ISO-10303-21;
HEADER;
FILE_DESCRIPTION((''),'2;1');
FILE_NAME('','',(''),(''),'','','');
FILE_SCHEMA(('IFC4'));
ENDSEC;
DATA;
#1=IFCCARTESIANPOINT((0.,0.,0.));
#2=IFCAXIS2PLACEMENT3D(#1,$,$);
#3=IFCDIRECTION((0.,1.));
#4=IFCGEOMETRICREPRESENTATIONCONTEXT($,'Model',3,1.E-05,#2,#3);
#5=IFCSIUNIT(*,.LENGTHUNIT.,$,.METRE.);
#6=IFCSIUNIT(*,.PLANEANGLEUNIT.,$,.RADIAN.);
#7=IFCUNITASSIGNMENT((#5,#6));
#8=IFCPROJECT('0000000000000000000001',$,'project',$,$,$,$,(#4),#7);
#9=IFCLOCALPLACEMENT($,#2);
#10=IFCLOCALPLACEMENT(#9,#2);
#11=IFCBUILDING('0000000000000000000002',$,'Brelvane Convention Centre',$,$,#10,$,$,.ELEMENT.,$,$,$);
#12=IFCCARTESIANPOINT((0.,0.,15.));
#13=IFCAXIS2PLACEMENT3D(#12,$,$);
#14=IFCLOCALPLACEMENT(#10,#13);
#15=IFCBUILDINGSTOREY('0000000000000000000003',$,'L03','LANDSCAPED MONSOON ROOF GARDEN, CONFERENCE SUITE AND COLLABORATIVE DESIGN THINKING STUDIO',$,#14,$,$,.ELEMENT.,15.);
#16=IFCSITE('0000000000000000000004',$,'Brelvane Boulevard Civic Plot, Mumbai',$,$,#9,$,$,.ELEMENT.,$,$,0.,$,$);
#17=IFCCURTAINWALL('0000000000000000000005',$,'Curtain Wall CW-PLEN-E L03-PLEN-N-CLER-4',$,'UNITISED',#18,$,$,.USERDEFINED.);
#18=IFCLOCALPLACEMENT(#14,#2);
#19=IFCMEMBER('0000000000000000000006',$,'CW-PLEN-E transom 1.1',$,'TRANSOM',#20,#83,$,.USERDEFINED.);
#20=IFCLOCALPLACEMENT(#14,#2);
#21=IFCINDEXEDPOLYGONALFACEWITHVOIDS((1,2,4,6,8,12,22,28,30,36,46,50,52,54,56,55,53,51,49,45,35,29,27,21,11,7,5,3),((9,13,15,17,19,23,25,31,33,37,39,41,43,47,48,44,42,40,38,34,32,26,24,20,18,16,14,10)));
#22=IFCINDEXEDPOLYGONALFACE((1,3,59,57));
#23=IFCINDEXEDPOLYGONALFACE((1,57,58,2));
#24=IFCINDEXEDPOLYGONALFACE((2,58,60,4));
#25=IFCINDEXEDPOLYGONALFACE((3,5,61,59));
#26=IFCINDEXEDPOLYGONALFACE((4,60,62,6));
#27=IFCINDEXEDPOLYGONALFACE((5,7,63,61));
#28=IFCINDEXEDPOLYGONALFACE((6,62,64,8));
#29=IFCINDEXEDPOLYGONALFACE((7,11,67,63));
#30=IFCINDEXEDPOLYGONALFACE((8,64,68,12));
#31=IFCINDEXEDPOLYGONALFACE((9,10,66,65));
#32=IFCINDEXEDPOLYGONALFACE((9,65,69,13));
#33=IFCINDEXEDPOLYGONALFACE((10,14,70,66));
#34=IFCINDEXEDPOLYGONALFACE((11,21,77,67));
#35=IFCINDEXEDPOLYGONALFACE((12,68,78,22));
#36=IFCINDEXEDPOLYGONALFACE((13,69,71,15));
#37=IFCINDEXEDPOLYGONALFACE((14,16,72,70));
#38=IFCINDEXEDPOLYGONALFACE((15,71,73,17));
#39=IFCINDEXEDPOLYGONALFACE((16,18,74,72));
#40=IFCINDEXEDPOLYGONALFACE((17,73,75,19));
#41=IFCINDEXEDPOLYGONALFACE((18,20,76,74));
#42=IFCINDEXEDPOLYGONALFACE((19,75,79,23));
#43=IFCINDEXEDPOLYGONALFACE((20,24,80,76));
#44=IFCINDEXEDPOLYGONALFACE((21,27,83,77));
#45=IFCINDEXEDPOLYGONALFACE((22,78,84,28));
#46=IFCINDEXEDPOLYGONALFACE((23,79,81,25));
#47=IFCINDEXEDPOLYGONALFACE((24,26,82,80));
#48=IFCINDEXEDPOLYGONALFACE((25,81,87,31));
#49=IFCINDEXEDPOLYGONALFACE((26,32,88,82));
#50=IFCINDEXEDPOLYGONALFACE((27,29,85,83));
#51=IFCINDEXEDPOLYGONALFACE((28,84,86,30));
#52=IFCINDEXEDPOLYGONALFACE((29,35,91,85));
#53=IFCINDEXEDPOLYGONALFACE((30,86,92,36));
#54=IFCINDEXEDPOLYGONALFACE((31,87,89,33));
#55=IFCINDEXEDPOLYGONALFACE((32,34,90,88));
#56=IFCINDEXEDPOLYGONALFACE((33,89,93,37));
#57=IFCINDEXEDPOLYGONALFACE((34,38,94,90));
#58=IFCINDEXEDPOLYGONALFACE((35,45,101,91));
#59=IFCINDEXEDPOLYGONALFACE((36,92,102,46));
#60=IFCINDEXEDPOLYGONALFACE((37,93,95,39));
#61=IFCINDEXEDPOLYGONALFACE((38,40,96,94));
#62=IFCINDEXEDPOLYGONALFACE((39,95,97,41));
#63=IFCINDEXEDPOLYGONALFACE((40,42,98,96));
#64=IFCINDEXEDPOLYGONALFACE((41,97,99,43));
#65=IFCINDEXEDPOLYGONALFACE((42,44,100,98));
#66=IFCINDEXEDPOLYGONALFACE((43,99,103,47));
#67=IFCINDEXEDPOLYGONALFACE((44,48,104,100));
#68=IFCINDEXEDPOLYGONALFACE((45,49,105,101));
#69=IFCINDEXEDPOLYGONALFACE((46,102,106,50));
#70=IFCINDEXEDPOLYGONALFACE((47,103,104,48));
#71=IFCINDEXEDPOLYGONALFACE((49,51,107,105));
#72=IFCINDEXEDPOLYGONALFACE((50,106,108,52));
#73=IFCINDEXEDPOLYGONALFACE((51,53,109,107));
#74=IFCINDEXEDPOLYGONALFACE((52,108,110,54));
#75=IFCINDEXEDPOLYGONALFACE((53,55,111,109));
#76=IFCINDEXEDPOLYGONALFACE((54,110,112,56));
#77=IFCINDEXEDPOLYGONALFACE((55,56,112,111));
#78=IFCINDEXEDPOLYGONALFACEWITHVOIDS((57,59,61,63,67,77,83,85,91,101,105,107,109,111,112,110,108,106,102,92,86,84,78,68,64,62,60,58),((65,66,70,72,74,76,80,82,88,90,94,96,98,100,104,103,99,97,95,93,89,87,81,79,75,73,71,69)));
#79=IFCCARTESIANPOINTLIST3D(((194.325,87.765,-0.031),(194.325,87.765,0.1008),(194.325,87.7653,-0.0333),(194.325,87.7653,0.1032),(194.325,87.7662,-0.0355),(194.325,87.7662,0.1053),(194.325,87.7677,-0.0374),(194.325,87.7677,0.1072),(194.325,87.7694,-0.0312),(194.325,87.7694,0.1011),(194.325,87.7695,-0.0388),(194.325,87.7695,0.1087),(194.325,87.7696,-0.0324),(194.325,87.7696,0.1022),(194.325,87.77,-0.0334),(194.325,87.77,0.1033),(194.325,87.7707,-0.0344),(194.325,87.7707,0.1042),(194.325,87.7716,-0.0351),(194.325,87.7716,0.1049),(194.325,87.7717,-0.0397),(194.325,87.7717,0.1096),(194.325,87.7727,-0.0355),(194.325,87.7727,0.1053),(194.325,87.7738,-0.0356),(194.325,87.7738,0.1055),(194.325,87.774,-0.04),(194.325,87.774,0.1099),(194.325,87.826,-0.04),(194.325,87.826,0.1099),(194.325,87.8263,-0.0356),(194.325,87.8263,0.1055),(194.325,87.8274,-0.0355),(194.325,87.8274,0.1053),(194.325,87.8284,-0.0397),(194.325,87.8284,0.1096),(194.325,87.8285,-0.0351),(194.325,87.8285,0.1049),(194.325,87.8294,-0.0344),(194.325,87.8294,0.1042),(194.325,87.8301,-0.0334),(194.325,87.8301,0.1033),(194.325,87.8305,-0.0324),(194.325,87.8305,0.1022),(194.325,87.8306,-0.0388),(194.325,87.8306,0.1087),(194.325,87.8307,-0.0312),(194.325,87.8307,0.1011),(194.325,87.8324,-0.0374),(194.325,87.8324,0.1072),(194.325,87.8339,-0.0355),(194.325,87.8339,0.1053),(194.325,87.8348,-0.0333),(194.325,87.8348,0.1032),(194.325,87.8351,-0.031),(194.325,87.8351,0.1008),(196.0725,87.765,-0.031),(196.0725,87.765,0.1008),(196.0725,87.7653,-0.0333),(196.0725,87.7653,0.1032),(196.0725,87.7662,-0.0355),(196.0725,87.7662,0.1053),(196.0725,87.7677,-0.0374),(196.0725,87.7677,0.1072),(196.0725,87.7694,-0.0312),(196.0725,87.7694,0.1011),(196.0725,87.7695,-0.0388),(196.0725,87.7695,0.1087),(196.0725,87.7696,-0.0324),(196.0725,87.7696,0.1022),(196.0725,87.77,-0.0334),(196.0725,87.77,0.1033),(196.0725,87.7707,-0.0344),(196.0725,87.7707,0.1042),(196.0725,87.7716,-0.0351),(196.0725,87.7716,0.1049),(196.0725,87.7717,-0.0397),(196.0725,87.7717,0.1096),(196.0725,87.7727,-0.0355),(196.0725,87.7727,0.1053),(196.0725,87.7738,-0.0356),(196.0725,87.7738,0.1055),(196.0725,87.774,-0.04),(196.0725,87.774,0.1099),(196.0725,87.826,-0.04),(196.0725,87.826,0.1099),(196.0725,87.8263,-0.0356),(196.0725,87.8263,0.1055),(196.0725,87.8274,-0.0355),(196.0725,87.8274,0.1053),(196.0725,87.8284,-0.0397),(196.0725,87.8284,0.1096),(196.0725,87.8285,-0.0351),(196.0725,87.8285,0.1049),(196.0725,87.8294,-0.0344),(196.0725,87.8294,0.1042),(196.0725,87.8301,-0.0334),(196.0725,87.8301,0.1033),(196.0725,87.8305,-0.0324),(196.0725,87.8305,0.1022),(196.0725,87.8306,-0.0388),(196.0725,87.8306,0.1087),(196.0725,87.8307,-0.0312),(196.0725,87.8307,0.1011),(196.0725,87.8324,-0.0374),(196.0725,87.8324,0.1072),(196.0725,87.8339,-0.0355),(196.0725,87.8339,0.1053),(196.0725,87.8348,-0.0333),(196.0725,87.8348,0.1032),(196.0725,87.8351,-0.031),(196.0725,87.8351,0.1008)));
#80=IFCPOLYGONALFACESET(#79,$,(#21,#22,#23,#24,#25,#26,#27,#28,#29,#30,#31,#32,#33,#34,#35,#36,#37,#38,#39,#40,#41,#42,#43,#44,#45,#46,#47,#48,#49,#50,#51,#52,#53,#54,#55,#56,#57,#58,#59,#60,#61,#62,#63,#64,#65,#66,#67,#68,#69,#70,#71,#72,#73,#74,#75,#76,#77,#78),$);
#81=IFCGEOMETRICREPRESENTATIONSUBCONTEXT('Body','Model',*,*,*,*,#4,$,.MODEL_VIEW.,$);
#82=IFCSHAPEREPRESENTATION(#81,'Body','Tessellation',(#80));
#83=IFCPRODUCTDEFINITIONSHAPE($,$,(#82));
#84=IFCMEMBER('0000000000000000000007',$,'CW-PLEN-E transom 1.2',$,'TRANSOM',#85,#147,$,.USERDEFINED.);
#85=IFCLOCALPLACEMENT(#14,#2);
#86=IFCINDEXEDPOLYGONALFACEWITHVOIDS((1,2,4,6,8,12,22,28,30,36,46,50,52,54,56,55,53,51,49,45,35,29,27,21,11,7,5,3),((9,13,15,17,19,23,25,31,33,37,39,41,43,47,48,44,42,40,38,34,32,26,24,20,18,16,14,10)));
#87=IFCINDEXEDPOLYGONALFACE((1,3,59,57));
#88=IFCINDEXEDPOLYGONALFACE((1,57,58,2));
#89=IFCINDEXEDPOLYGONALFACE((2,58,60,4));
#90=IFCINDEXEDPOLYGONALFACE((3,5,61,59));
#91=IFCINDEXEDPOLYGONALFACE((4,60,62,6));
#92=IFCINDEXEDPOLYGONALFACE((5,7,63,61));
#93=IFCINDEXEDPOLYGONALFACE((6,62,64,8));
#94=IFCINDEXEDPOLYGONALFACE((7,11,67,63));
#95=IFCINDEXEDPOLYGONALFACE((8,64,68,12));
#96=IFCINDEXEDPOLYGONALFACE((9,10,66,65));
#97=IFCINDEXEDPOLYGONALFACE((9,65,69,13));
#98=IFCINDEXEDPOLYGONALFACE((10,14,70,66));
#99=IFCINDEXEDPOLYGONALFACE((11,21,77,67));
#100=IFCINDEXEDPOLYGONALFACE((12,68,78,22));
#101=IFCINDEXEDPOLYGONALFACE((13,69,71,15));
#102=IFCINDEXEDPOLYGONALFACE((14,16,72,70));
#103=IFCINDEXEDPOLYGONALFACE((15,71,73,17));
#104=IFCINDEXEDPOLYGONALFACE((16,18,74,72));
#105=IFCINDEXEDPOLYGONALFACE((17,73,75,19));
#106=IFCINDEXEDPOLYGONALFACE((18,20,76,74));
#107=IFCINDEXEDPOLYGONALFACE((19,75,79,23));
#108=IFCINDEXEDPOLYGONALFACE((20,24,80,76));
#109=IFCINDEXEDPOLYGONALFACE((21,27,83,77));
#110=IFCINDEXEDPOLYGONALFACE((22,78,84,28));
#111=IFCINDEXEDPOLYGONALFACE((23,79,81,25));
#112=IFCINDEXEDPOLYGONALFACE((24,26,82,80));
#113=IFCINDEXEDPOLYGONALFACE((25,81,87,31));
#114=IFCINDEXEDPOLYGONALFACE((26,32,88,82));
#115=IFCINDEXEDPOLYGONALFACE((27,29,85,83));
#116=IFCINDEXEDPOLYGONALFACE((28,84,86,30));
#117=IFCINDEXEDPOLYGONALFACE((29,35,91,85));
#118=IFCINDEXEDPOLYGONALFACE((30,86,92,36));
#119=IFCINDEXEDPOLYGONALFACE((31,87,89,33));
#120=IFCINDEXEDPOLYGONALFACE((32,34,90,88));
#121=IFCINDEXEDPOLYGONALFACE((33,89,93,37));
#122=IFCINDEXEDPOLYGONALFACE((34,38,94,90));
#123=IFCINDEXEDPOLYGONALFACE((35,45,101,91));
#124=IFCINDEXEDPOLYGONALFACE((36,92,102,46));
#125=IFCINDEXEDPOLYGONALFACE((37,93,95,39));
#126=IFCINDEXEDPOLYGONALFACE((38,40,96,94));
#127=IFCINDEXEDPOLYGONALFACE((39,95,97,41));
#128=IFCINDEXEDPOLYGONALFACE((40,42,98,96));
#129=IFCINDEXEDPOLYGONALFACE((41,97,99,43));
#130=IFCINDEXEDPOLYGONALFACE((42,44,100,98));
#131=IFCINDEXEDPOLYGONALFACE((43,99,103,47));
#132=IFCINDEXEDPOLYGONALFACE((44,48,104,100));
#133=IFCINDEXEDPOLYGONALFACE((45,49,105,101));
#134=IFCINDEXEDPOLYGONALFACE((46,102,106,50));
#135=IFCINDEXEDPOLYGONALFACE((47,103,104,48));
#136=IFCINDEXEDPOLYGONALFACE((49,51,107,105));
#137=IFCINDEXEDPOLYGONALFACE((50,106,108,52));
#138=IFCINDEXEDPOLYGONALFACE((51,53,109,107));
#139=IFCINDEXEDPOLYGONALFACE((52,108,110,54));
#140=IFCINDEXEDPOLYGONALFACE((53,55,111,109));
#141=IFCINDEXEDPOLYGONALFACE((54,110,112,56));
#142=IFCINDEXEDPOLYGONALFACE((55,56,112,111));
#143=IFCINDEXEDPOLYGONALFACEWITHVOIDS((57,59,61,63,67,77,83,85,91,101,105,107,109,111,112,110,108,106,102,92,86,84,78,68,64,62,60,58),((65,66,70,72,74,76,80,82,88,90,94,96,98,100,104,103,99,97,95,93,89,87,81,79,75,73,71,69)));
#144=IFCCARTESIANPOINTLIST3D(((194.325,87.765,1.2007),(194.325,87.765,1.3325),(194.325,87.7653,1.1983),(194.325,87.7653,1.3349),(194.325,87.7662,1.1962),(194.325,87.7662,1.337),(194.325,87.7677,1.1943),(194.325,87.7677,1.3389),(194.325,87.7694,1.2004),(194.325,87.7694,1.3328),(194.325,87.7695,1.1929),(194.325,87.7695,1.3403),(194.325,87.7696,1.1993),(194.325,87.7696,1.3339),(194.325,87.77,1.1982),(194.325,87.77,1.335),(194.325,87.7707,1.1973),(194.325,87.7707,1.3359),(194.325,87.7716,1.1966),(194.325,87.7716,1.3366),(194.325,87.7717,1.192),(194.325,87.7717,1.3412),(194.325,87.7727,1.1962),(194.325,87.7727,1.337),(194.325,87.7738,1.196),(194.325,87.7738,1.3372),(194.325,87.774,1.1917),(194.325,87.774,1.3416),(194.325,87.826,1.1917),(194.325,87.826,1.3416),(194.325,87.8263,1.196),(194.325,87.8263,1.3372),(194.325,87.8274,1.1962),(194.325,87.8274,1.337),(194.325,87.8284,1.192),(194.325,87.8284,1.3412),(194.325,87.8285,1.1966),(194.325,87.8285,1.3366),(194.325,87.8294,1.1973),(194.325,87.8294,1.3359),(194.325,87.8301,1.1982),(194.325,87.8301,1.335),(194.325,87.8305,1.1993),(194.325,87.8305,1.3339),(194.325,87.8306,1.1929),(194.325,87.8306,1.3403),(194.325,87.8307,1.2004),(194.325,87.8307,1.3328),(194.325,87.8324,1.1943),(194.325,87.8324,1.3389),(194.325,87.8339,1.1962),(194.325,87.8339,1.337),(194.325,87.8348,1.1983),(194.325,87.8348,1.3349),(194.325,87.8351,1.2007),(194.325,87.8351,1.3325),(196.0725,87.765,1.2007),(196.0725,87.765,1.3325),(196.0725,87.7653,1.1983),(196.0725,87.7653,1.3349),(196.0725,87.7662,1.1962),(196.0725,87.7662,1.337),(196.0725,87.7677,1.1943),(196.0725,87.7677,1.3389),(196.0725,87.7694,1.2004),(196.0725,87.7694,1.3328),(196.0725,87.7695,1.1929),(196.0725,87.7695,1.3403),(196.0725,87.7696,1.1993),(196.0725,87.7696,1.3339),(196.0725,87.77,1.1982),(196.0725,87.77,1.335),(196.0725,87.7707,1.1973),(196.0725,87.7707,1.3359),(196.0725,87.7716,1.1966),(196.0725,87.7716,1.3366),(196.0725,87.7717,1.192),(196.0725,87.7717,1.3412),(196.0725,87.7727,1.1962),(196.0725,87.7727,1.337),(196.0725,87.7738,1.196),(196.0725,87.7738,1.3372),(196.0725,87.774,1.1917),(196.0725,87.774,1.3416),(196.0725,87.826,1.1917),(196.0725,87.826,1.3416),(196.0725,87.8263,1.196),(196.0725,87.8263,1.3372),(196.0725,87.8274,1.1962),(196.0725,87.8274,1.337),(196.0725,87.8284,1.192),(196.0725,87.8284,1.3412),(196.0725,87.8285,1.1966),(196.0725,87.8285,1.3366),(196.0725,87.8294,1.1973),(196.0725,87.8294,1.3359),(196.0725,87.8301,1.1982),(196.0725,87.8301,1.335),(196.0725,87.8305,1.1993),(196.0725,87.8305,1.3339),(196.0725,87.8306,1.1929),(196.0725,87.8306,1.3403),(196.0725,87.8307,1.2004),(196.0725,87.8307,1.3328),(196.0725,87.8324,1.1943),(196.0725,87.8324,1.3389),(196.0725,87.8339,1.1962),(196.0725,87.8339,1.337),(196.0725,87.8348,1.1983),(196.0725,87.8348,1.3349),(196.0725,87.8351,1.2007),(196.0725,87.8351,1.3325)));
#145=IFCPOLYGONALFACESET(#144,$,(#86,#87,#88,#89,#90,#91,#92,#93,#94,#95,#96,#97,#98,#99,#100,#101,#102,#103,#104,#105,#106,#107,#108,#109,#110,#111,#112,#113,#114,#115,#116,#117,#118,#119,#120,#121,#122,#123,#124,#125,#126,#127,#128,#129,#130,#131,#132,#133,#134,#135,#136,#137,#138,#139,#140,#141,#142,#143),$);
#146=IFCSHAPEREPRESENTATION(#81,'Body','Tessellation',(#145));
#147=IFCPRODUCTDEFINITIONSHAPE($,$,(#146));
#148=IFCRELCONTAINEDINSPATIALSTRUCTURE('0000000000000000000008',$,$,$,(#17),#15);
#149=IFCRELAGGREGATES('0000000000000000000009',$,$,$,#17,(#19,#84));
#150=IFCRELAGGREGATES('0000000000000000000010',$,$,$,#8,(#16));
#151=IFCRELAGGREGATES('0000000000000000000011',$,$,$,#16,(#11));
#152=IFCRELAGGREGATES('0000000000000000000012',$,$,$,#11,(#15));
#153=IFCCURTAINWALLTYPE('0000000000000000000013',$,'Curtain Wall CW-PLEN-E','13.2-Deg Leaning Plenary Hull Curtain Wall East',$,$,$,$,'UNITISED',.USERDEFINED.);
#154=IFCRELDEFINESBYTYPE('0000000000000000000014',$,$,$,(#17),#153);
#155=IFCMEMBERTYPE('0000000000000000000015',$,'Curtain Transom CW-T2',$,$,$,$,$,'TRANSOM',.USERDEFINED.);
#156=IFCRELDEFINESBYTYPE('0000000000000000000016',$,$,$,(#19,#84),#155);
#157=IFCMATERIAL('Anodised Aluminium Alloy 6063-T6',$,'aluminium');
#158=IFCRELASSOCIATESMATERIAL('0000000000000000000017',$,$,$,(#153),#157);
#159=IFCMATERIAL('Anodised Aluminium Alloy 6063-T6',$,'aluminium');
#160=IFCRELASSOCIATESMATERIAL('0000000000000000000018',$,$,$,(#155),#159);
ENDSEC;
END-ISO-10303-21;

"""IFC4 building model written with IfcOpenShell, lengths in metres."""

from ifc_helpers import new_model, si_unit, direction, frame, origin, origin_2d, place, context, subcontext, project, spatial, hollow_rectangle, extrude, material, material_profile, profile_set, type_object, element, aggregate, save


model = new_model("IFC4")

# Units and contexts
model_context = context("Model", 3, precision=1e-05, world=origin(), true_north=direction((0.0, 1.0)))
body_context = subcontext(model_context, "Body", "Model", "MODEL_VIEW")
ifc_project = project(units=[si_unit("LENGTHUNIT", "METRE"), si_unit("PLANEANGLEUNIT", "RADIAN")], contexts=[model_context])

# Site, building, storey
site_placement = place(None, origin())
site = spatial("IfcSite", under=ifc_project, at=site_placement, Name="Brelvane Boulevard Civic Plot, Mumbai", CompositionType="ELEMENT", RefElevation=0.0)
building_placement = place(site_placement, origin())
building = spatial("IfcBuilding", under=site, at=building_placement, Name="Brelvane Convention Centre", CompositionType="ELEMENT")
storey_placement = place(building_placement, frame((0.0, 0.0, 15.0)))
storey = spatial("IfcBuildingStorey", under=building, at=storey_placement, Name="L03", Description="LANDSCAPED MONSOON ROOF GARDEN, CONFERENCE SUITE AND COLLABORATIVE DESIGN THINKING STUDIO", CompositionType="ELEMENT", Elevation=15.0)

# Shared definitions
ifc_material_1 = material(Name="Anodised Aluminium Alloy 6063-T6", Category="aluminium")
curtain_wall_type = type_object("IfcCurtainWallType", Name="Curtain Wall CW-PLEN-E", Description="13.2-Deg Leaning Plenary Hull Curtain Wall East", ElementType="UNITISED", PredefinedType="USERDEFINED", material=ifc_material_1)

# Curtain wall
curtain_wall_1_placement = place(storey_placement, origin())
curtain_wall_1 = element("IfcCurtainWall", 1, at=curtain_wall_1_placement, inside=storey, type_object=curtain_wall_type, Name="Curtain Wall CW-PLEN-E L03-PLEN-N-CLER-4", ObjectType="UNITISED", PredefinedType="USERDEFINED")

# Members
ifc_material_2 = material(Name="Anodised Aluminium Alloy 6063-T6", Category="aluminium")
ifc_material_profile_1 = material_profile(ifc_material_2, hollow_rectangle(XDim=0.0701, YDim=0.1499, WallThickness=0.0044, InnerFilletRadius=0.0044, OuterFilletRadius=0.009, at=origin_2d()), Name="ALU-T 150x70x4.5")
ifc_profile_set_1 = profile_set([ifc_material_profile_1], Name="Anodised Aluminium Alloy 6063-T6")
member_type_1 = type_object("IfcMemberType", Name="Curtain Transom CW-T2", ElementType="TRANSOM", PredefinedType="USERDEFINED", material=ifc_profile_set_1)
member_1_placement = place(storey_placement, frame((194.325, 87.8, 0.0349), z_axis=(1.0, 0.0, 0.0), x_axis=(0.0, 1.0, 0.0)))
member_1 = element("IfcMember", 2, at=member_1_placement, type_object=member_type_1, Name="CW-PLEN-E transom 1.1", ObjectType="TRANSOM", PredefinedType="USERDEFINED", context=body_context, shape_type="SweptSolid", body=[
    extrude(hollow_rectangle(XDim=0.0701, YDim=0.1499, WallThickness=0.0044, InnerFilletRadius=0.0044, OuterFilletRadius=0.009, at=origin_2d()), origin(), (0.0, 0.0, 1.0), 1.7476),
])
member_2_placement = place(storey_placement, frame((194.325, 87.8, 1.2666), z_axis=(1.0, 0.0, 0.0), x_axis=(0.0, 1.0, 0.0)))
member_2 = element("IfcMember", 3, at=member_2_placement, type_object=member_type_1, Name="CW-PLEN-E transom 1.2", ObjectType="TRANSOM", PredefinedType="USERDEFINED", context=body_context, shape_type="SweptSolid", body=[
    extrude(hollow_rectangle(XDim=0.0701, YDim=0.1499, WallThickness=0.0044, InnerFilletRadius=0.0044, OuterFilletRadius=0.009, at=origin_2d()), origin(), (0.0, 0.0, 1.0), 1.7476),
])

aggregate(curtain_wall_1, [member_1, member_2])

save(model, "model.ifc")
